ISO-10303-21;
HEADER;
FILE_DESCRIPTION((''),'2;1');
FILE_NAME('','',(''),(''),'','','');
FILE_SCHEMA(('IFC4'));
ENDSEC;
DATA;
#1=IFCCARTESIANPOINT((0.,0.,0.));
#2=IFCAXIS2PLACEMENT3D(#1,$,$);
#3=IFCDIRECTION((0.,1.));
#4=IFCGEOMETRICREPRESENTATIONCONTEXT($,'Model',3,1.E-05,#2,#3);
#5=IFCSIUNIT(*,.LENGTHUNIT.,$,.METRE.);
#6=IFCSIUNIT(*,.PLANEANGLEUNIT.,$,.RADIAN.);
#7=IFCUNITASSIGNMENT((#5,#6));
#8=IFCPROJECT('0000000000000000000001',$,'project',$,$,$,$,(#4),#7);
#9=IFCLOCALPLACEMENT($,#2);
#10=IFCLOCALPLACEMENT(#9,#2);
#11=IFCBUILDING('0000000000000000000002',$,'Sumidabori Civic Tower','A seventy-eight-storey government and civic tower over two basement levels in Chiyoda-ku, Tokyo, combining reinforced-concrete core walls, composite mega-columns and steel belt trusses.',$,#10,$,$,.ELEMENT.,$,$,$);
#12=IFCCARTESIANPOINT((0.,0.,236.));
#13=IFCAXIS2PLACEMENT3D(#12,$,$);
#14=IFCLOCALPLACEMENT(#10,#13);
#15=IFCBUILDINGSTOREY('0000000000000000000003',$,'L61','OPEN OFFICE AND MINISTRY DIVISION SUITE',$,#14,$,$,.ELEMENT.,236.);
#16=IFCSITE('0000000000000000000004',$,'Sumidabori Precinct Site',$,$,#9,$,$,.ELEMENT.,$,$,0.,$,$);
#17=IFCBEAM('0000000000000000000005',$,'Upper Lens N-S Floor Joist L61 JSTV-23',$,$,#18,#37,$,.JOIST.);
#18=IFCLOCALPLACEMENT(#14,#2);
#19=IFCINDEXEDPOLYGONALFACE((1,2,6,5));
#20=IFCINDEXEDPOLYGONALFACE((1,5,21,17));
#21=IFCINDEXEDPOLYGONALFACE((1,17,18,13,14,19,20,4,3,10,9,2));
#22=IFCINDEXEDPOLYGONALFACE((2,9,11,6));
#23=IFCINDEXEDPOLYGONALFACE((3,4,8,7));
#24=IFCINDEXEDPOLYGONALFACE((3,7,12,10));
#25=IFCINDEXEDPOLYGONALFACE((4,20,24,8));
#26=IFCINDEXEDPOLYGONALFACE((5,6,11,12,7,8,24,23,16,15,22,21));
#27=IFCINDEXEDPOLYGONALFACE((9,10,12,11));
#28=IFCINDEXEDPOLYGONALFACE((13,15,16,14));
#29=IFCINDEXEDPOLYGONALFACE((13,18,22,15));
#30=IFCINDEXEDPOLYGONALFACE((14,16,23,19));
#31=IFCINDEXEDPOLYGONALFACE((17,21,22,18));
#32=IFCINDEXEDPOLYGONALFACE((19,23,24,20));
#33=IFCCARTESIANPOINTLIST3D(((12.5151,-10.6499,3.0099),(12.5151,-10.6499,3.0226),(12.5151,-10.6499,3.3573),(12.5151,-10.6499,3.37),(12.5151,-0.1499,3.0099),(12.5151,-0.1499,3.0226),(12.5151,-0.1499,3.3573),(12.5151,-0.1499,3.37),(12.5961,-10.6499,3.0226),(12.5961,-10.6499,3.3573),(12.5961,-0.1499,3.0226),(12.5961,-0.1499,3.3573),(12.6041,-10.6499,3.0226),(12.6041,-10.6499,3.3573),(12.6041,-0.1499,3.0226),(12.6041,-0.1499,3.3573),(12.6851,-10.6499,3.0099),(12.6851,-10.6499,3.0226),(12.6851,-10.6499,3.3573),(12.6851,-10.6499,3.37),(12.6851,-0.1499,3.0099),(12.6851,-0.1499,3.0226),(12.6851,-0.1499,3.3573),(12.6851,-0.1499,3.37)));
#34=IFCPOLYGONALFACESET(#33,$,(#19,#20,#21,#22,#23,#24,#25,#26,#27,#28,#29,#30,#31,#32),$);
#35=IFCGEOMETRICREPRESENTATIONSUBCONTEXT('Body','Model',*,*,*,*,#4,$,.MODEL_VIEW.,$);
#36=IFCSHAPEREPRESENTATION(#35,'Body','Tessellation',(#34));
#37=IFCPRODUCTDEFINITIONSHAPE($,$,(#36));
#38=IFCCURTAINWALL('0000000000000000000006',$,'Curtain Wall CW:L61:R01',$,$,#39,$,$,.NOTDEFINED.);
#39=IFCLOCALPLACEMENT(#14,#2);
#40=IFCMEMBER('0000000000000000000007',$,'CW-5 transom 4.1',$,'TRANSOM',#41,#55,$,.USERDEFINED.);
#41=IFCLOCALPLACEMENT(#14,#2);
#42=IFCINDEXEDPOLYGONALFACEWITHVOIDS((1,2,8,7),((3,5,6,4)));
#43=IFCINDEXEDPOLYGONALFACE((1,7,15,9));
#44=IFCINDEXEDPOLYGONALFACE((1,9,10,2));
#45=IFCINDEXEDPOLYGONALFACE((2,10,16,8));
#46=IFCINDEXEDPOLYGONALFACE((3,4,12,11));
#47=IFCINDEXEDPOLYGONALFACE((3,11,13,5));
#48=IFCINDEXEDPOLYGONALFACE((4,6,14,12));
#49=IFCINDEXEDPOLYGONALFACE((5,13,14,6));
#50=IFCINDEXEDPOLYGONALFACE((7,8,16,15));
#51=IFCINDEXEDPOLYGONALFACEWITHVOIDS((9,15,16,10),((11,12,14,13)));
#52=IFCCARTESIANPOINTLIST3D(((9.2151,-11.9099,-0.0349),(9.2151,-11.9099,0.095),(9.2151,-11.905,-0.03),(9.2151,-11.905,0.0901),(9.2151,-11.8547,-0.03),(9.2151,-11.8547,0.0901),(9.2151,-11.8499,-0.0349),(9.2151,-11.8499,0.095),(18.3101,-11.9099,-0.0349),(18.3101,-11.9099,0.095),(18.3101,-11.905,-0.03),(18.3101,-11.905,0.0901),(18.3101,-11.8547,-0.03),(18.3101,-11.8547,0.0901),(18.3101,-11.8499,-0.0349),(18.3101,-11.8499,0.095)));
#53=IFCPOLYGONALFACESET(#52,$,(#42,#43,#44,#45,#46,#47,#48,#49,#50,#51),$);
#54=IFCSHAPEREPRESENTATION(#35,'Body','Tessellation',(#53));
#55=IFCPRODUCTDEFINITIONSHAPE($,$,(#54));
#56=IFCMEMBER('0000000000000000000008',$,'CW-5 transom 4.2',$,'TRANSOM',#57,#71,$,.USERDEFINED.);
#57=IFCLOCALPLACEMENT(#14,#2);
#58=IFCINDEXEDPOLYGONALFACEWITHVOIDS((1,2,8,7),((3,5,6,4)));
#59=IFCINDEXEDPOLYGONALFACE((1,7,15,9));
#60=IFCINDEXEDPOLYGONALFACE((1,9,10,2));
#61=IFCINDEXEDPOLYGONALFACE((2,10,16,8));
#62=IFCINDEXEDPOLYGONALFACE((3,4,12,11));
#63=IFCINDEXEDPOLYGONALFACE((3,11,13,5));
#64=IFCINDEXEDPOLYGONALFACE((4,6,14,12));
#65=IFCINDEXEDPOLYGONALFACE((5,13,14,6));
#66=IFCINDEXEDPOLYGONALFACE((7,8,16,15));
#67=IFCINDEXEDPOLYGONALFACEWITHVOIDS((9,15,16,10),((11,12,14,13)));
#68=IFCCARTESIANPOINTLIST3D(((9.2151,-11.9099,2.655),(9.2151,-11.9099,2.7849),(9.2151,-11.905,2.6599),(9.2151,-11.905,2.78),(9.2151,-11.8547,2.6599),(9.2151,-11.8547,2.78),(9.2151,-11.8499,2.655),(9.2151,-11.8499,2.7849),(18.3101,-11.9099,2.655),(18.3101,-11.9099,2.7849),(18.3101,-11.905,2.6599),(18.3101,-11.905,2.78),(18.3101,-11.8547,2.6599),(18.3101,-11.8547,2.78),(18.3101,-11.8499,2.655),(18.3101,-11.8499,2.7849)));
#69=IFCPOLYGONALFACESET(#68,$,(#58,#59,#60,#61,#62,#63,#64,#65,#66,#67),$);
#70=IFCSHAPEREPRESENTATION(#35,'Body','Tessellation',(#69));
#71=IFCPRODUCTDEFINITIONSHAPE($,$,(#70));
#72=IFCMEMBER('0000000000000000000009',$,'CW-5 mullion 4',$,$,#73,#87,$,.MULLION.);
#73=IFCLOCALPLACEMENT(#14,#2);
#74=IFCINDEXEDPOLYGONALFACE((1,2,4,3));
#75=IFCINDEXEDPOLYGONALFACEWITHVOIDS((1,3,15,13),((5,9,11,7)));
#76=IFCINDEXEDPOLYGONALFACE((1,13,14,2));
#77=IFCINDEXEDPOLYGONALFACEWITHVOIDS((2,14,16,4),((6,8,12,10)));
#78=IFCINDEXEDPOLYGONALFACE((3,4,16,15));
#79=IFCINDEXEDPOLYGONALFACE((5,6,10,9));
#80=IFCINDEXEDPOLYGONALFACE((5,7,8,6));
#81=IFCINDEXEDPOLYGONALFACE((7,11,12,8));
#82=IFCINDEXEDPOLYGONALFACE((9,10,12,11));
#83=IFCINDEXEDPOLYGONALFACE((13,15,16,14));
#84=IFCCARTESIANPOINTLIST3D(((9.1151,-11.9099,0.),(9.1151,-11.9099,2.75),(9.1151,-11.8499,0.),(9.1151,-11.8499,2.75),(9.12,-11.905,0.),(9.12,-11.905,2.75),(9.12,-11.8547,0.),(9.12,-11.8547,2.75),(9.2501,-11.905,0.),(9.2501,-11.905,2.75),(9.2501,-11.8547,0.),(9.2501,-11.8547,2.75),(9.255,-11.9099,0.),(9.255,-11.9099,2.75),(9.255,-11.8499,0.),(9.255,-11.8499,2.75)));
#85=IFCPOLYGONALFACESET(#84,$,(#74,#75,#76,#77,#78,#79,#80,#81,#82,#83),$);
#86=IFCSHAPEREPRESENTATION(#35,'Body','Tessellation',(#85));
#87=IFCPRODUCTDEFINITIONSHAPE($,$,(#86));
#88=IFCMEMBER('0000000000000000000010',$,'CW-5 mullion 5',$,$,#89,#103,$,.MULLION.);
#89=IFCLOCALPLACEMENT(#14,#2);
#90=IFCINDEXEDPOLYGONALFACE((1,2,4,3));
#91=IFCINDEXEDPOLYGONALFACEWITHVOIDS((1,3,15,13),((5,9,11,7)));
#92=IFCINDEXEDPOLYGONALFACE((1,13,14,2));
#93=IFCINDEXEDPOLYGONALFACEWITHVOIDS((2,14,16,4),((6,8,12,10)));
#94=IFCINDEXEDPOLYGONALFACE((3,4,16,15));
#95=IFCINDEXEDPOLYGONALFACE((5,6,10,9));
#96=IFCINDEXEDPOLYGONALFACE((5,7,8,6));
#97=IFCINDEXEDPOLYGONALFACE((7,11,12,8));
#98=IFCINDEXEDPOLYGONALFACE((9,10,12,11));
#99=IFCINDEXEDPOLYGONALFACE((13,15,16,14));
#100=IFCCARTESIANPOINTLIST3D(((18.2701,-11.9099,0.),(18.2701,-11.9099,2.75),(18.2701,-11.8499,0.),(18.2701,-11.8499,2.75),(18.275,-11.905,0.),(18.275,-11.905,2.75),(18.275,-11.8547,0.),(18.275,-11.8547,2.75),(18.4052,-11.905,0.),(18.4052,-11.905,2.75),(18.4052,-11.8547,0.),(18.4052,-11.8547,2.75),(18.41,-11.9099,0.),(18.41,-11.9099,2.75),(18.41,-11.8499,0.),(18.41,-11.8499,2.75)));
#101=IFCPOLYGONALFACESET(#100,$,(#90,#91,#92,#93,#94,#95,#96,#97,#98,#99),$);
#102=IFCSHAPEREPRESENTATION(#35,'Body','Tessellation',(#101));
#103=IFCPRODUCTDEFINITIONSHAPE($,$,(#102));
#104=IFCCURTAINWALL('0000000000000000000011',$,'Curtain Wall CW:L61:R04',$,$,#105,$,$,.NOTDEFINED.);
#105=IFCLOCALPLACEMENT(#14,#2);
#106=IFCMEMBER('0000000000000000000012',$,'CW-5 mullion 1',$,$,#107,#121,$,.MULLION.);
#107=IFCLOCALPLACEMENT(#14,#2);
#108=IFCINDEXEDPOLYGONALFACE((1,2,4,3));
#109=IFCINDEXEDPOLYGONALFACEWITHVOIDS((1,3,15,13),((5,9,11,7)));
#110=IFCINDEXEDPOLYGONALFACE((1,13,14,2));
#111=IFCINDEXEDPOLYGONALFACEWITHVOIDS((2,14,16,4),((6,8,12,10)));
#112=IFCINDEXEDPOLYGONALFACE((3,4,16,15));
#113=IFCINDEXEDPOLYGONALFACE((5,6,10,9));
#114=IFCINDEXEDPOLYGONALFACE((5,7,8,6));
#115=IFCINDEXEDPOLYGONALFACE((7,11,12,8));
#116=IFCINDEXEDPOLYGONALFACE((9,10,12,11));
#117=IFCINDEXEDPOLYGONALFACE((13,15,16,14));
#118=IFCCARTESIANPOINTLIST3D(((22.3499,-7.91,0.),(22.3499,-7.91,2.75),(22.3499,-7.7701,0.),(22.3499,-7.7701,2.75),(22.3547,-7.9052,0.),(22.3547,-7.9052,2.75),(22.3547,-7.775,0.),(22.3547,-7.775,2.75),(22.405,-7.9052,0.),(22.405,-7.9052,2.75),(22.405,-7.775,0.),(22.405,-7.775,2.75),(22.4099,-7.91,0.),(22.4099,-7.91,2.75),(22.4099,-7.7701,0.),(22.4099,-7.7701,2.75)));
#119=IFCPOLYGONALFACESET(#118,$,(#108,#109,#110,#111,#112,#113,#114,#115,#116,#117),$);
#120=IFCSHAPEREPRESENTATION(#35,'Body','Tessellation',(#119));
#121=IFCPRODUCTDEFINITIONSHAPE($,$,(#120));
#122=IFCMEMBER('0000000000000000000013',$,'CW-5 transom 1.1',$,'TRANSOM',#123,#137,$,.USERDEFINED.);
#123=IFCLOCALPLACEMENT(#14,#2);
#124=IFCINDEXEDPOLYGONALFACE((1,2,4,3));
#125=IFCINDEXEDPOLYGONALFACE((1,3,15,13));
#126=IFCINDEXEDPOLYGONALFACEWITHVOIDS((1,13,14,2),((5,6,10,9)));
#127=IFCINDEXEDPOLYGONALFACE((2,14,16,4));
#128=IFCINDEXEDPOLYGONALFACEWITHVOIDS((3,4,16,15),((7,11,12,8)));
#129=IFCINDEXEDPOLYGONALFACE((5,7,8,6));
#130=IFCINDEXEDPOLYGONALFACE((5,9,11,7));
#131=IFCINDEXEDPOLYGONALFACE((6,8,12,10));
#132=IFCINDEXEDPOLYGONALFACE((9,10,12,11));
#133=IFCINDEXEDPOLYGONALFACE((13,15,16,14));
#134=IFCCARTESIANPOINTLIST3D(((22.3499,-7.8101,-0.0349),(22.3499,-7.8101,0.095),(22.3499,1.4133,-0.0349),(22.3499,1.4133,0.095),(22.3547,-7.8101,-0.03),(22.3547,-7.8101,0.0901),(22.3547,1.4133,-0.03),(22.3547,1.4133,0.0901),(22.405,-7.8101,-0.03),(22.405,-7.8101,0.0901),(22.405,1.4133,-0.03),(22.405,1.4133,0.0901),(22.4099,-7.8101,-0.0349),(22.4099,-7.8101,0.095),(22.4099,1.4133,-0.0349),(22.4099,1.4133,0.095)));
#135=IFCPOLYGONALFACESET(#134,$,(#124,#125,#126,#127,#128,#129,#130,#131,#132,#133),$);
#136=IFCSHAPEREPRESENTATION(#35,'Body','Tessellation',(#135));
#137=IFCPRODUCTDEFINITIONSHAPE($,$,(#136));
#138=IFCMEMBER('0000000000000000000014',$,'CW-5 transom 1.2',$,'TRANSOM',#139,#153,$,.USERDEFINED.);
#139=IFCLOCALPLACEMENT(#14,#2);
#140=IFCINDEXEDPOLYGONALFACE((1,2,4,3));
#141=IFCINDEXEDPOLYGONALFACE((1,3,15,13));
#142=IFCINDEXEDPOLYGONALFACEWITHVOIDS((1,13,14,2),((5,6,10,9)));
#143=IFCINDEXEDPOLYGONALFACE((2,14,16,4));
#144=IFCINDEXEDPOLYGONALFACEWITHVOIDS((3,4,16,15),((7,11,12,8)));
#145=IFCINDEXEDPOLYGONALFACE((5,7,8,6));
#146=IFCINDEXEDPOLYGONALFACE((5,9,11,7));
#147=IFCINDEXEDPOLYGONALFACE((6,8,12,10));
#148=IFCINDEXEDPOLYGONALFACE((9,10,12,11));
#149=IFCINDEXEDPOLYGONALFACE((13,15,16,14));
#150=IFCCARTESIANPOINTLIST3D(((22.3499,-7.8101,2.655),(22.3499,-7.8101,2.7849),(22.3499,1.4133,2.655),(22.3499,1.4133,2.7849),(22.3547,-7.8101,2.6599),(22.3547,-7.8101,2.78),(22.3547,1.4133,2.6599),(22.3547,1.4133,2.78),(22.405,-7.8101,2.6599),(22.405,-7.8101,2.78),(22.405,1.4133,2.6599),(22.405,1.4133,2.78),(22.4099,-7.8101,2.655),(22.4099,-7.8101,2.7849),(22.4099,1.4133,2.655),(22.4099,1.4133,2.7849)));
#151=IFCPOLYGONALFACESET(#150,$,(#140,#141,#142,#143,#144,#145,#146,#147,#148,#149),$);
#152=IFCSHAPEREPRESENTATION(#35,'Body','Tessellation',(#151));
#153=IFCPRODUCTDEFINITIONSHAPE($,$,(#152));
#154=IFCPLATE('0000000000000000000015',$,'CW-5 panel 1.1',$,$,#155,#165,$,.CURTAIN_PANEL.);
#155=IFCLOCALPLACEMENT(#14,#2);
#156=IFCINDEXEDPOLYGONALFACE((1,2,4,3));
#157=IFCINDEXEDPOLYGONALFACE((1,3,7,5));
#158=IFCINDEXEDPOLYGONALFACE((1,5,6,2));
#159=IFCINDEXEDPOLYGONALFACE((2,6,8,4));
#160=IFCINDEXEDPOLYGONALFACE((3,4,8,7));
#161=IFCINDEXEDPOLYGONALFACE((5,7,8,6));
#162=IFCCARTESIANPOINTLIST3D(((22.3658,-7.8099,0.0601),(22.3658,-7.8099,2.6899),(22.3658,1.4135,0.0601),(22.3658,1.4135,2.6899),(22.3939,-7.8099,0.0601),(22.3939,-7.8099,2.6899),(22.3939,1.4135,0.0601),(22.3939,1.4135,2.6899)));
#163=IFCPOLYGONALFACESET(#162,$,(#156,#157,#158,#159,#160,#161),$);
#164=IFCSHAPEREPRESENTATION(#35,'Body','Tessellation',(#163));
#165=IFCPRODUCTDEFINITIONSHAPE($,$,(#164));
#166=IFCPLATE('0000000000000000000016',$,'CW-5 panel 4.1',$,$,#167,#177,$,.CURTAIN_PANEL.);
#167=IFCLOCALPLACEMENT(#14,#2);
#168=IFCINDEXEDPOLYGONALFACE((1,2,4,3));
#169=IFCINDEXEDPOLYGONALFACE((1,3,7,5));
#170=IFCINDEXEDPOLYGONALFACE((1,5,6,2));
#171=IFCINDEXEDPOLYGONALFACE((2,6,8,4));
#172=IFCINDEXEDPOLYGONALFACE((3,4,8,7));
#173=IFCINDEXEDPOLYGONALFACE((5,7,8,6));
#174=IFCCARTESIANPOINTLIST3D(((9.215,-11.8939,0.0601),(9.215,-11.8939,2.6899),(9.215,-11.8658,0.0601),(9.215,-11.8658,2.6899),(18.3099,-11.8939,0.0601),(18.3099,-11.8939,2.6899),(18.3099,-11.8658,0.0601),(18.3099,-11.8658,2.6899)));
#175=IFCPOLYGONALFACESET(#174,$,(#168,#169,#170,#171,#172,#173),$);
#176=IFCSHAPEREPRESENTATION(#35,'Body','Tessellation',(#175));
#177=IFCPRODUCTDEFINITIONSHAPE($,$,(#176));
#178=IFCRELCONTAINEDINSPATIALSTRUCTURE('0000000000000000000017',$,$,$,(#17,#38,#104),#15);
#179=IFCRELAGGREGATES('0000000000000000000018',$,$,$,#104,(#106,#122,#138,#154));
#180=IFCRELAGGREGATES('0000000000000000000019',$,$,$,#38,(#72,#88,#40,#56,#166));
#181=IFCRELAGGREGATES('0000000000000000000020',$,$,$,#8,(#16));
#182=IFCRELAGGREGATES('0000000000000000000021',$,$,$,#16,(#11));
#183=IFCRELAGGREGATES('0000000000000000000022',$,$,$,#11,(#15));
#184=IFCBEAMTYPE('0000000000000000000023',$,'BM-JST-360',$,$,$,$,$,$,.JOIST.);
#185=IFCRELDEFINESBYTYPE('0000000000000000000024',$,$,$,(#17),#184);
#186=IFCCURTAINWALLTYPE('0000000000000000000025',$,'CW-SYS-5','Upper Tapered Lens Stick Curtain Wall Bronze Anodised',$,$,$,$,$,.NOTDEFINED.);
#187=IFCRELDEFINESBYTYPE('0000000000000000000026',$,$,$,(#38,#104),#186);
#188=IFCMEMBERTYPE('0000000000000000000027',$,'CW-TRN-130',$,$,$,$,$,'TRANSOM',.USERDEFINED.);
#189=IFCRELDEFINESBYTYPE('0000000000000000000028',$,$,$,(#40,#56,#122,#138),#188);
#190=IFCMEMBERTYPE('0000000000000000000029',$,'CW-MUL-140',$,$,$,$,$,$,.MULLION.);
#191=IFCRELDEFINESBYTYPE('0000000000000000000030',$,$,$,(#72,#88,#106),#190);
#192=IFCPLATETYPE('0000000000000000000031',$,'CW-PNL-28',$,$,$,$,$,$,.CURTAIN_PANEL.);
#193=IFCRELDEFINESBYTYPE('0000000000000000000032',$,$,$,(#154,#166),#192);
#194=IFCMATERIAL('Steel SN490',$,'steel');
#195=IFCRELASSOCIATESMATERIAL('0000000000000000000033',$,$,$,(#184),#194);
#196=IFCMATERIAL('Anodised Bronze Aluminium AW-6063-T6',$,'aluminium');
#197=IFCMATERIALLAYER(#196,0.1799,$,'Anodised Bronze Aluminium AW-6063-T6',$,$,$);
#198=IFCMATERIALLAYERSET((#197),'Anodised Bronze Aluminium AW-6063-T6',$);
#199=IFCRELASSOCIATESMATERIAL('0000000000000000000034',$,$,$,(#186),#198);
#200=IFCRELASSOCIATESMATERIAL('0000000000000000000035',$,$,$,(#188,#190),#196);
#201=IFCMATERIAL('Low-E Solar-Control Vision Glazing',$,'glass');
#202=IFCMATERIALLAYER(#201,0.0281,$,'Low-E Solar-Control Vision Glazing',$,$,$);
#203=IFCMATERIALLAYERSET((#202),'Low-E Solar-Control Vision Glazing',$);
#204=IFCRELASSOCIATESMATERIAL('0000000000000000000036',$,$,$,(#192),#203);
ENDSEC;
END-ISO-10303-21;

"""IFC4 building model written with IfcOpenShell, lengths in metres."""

from ifc_helpers import new_model, si_unit, direction, frame, origin, origin_2d, place, context, subcontext, project, spatial, rectangle, hollow_rectangle, i_section, extrude, source, transform, mapped, material, layer, layer_set, material_profile, profile_set, type_object, element, aggregate, save


model = new_model("IFC4")

# Units and contexts
model_context = context("Model", 3, precision=1e-05, world=origin(), true_north=direction((0.0, 1.0)))
body_context = subcontext(model_context, "Body", "Model", "MODEL_VIEW")
ifc_project = project(units=[si_unit("LENGTHUNIT", "METRE"), si_unit("PLANEANGLEUNIT", "RADIAN")], contexts=[model_context])

# Site, building, storey
site_placement = place(None, origin())
site = spatial("IfcSite", under=ifc_project, at=site_placement, Name="Sumidabori Precinct Site", CompositionType="ELEMENT", RefElevation=0.0)
building_placement = place(site_placement, origin())
building = spatial("IfcBuilding", under=site, at=building_placement, Name="Sumidabori Civic Tower", Description="A seventy-eight-storey government and civic tower over two basement levels in Chiyoda-ku, Tokyo, combining reinforced-concrete core walls, composite mega-columns and steel belt trusses.", CompositionType="ELEMENT")
storey_placement = place(building_placement, frame((0.0, 0.0, 236.0)))
storey = spatial("IfcBuildingStorey", under=building, at=storey_placement, Name="L61", Description="OPEN OFFICE AND MINISTRY DIVISION SUITE", CompositionType="ELEMENT", Elevation=236.0)

# Beam
ifc_material_1 = material(Name="Steel SN490", Category="steel")
ifc_material_profile_1 = material_profile(ifc_material_1, i_section(OverallWidth=0.1699, OverallDepth=0.3601, WebThickness=0.0081, FlangeThickness=0.0127, at=origin_2d()), Name="IPE 360")
ifc_profile_set_1 = profile_set([ifc_material_profile_1], Name="Steel SN490")
beam_type_1 = type_object("IfcBeamType", Name="BM-JST-360", PredefinedType="JOIST", material=ifc_profile_set_1)
shared_shape_1 = source(origin(), body_context, "Body", "SweptSolid", [
    extrude(i_section(OverallWidth=0.1699, OverallDepth=0.3601, WebThickness=0.0081, FlangeThickness=0.0127, at=origin_2d()), origin(), (0.0, 0.0, 1.0), 10.5),
])
beam_1_placement = place(storey_placement, frame((12.6001, -10.6499, 3.1899), z_axis=(0.0, 1.0, 0.0), x_axis=(-1.0, 0.0, 0.0)))
element("IfcBeam", 1, at=beam_1_placement, inside=storey, type_object=beam_type_1, Name="Upper Lens N-S Floor Joist L61 JSTV-23", PredefinedType="JOIST", context=body_context, shape_type="MappedRepresentation", body=[
    mapped(shared_shape_1, transform((0.0, 0.0, 0.0), x_axis=(1.0, 0.0, 0.0), y_axis=(0.0, 1.0, 0.0), z_axis=(0.0, 0.0, 1.0), scale=1.0)),
])

# Curtain wall, members
ifc_material_2 = material(Name="Anodised Bronze Aluminium AW-6063-T6", Category="aluminium")
ifc_layer_1 = layer(ifc_material_2, 0.1799, Name="Anodised Bronze Aluminium AW-6063-T6")
ifc_layer_set_1 = layer_set([ifc_layer_1], Name="Anodised Bronze Aluminium AW-6063-T6")
curtain_wall_type = type_object("IfcCurtainWallType", Name="CW-SYS-5", Description="Upper Tapered Lens Stick Curtain Wall Bronze Anodised", PredefinedType="NOTDEFINED", material=ifc_layer_set_1)
curtain_wall_1_placement = place(storey_placement, origin())
curtain_wall_1 = element("IfcCurtainWall", 2, at=curtain_wall_1_placement, inside=storey, type_object=curtain_wall_type, Name="Curtain Wall CW:L61:R01", PredefinedType="NOTDEFINED")
ifc_material_profile_2 = material_profile(ifc_material_2, hollow_rectangle(XDim=0.0601, YDim=0.1299, WallThickness=0.0049, at=origin_2d()), Name="ALU TRANSOM 130x60")
ifc_profile_set_2 = profile_set([ifc_material_profile_2], Name="Anodised Bronze Aluminium AW-6063-T6")
member_type_1 = type_object("IfcMemberType", Name="CW-TRN-130", ElementType="TRANSOM", PredefinedType="USERDEFINED", material=ifc_profile_set_2)
shared_shape_2 = source(origin(), body_context, "Body", "SweptSolid", [
    extrude(hollow_rectangle(XDim=0.0601, YDim=0.1299, WallThickness=0.0049, at=origin_2d()), origin(), (0.0, 0.0, 1.0), 9.095),
])
member_1_placement = place(storey_placement, frame((9.2151, -11.8799, 0.03), z_axis=(1.0, 0.0, 0.0), x_axis=(0.0, 1.0, 0.0)))
member_1 = element("IfcMember", 3, at=member_1_placement, type_object=member_type_1, Name="CW-5 transom 4.1", ObjectType="TRANSOM", PredefinedType="USERDEFINED", context=body_context, shape_type="MappedRepresentation", body=[
    mapped(shared_shape_2, transform((0.0, 0.0, 0.0), x_axis=(1.0, 0.0, 0.0), y_axis=(0.0, 1.0, 0.0), z_axis=(0.0, 0.0, 1.0), scale=1.0)),
])
member_2_placement = place(storey_placement, frame((9.2151, -11.8799, 2.72), z_axis=(1.0, 0.0, 0.0), x_axis=(0.0, 1.0, 0.0)))
member_2 = element("IfcMember", 4, at=member_2_placement, type_object=member_type_1, Name="CW-5 transom 4.2", ObjectType="TRANSOM", PredefinedType="USERDEFINED", context=body_context, shape_type="MappedRepresentation", body=[
    mapped(shared_shape_2, transform((0.0, 0.0, 0.0), x_axis=(1.0, 0.0, 0.0), y_axis=(0.0, 1.0, 0.0), z_axis=(0.0, 0.0, 1.0), scale=1.0)),
])
ifc_material_profile_3 = material_profile(ifc_material_2, hollow_rectangle(XDim=0.0601, YDim=0.1399, WallThickness=0.0049, at=origin_2d()), Name="ALU MULLION 140x60")
ifc_profile_set_3 = profile_set([ifc_material_profile_3], Name="Anodised Bronze Aluminium AW-6063-T6")
member_type_2 = type_object("IfcMemberType", Name="CW-MUL-140", PredefinedType="MULLION", material=ifc_profile_set_3)
shared_shape_3 = source(origin(), body_context, "Body", "SweptSolid", [
    extrude(hollow_rectangle(XDim=0.0601, YDim=0.1399, WallThickness=0.0049, at=origin_2d()), origin(), (0.0, 0.0, 1.0), 2.75),
])
member_3_placement = place(storey_placement, frame((9.1851, -11.8799, 0.0), z_axis=(0.0, 0.0, 1.0), x_axis=(0.0, 1.0, 0.0)))
member_3 = element("IfcMember", 5, at=member_3_placement, type_object=member_type_2, Name="CW-5 mullion 4", PredefinedType="MULLION", context=body_context, shape_type="MappedRepresentation", body=[
    mapped(shared_shape_3, transform((0.0, 0.0, 0.0), x_axis=(1.0, 0.0, 0.0), y_axis=(0.0, 1.0, 0.0), z_axis=(0.0, 0.0, 1.0), scale=1.0)),
])
member_4_placement = place(storey_placement, frame((18.3401, -11.8799, 0.0), z_axis=(0.0, 0.0, 1.0), x_axis=(0.0, 1.0, 0.0)))
member_4 = element("IfcMember", 6, at=member_4_placement, type_object=member_type_2, Name="CW-5 mullion 5", PredefinedType="MULLION", context=body_context, shape_type="MappedRepresentation", body=[
    mapped(shared_shape_3, transform((0.0, 0.0, 0.0), x_axis=(1.0, 0.0, 0.0), y_axis=(0.0, 1.0, 0.0), z_axis=(0.0, 0.0, 1.0), scale=1.0)),
])

# Curtain wall, members, plate
curtain_wall_2_placement = place(storey_placement, origin())
curtain_wall_2 = element("IfcCurtainWall", 7, at=curtain_wall_2_placement, inside=storey, type_object=curtain_wall_type, Name="Curtain Wall CW:L61:R04", PredefinedType="NOTDEFINED")
member_5_placement = place(storey_placement, frame((22.3799, -7.8401, 0.0), z_axis=(0.0, 0.0, 1.0), x_axis=(-1.0, 0.0, 0.0)))
member_5 = element("IfcMember", 8, at=member_5_placement, type_object=member_type_2, Name="CW-5 mullion 1", PredefinedType="MULLION", context=body_context, shape_type="MappedRepresentation", body=[
    mapped(shared_shape_3, transform((0.0, 0.0, 0.0), x_axis=(1.0, 0.0, 0.0), y_axis=(0.0, 1.0, 0.0), z_axis=(0.0, 0.0, 1.0), scale=1.0)),
])
shared_shape_4 = source(origin(), body_context, "Body", "SweptSolid", [
    extrude(hollow_rectangle(XDim=0.0601, YDim=0.1299, WallThickness=0.0049, at=origin_2d()), origin(), (0.0, 0.0, 1.0), 9.2234),
])
member_6_placement = place(storey_placement, frame((22.3799, -7.8101, 0.03), z_axis=(0.0, 1.0, 0.0), x_axis=(-1.0, 0.0, 0.0)))
member_6 = element("IfcMember", 9, at=member_6_placement, type_object=member_type_1, Name="CW-5 transom 1.1", ObjectType="TRANSOM", PredefinedType="USERDEFINED", context=body_context, shape_type="MappedRepresentation", body=[
    mapped(shared_shape_4, transform((0.0, 0.0, 0.0), x_axis=(1.0, 0.0, 0.0), y_axis=(0.0, 1.0, 0.0), z_axis=(0.0, 0.0, 1.0), scale=1.0)),
])
member_7_placement = place(storey_placement, frame((22.3799, -7.8101, 2.72), z_axis=(0.0, 1.0, 0.0), x_axis=(-1.0, 0.0, 0.0)))
member_7 = element("IfcMember", 10, at=member_7_placement, type_object=member_type_1, Name="CW-5 transom 1.2", ObjectType="TRANSOM", PredefinedType="USERDEFINED", context=body_context, shape_type="MappedRepresentation", body=[
    mapped(shared_shape_4, transform((0.0, 0.0, 0.0), x_axis=(1.0, 0.0, 0.0), y_axis=(0.0, 1.0, 0.0), z_axis=(0.0, 0.0, 1.0), scale=1.0)),
])
ifc_material_3 = material(Name="Low-E Solar-Control Vision Glazing", Category="glass")
ifc_layer_2 = layer(ifc_material_3, 0.0281, Name="Low-E Solar-Control Vision Glazing")
ifc_layer_set_2 = layer_set([ifc_layer_2], Name="Low-E Solar-Control Vision Glazing")
plate_type = type_object("IfcPlateType", Name="CW-PNL-28", PredefinedType="CURTAIN_PANEL", material=ifc_layer_set_2)
shared_shape_5 = source(origin(), body_context, "Body", "SweptSolid", [
    extrude(rectangle(XDim=9.2234, YDim=0.0281, at=origin_2d()), origin(), (0.0, 0.0, 1.0), 2.6299),
])
plate_1_placement = place(storey_placement, frame((22.3799, -3.1982, 0.0601), z_axis=(0.0, 0.0, 1.0), x_axis=(0.0, 1.0, 0.0)))
plate_1 = element("IfcPlate", 11, at=plate_1_placement, type_object=plate_type, Name="CW-5 panel 1.1", PredefinedType="CURTAIN_PANEL", context=body_context, shape_type="MappedRepresentation", body=[
    mapped(shared_shape_5, transform((0.0, 0.0, 0.0), x_axis=(1.0, 0.0, 0.0), y_axis=(0.0, 1.0, 0.0), z_axis=(0.0, 0.0, 1.0), scale=1.0)),
])
aggregate(curtain_wall_2, [member_5, member_6, member_7, plate_1])

# Plate
shared_shape_6 = source(origin(), body_context, "Body", "SweptSolid", [
    extrude(rectangle(XDim=9.095, YDim=0.0281, at=origin_2d()), origin(), (0.0, 0.0, 1.0), 2.6299),
])
plate_2_placement = place(storey_placement, frame((13.7625, -11.8799, 0.0601), z_axis=(0.0, 0.0, 1.0), x_axis=(1.0, 0.0, 0.0)))
plate_2 = element("IfcPlate", 12, at=plate_2_placement, type_object=plate_type, Name="CW-5 panel 4.1", PredefinedType="CURTAIN_PANEL", context=body_context, shape_type="MappedRepresentation", body=[
    mapped(shared_shape_6, transform((0.0, 0.0, 0.0), x_axis=(1.0, 0.0, 0.0), y_axis=(0.0, 1.0, 0.0), z_axis=(0.0, 0.0, 1.0), scale=1.0)),
])
aggregate(curtain_wall_1, [member_3, member_4, member_1, member_2, plate_2])

save(model, "model.ifc")
